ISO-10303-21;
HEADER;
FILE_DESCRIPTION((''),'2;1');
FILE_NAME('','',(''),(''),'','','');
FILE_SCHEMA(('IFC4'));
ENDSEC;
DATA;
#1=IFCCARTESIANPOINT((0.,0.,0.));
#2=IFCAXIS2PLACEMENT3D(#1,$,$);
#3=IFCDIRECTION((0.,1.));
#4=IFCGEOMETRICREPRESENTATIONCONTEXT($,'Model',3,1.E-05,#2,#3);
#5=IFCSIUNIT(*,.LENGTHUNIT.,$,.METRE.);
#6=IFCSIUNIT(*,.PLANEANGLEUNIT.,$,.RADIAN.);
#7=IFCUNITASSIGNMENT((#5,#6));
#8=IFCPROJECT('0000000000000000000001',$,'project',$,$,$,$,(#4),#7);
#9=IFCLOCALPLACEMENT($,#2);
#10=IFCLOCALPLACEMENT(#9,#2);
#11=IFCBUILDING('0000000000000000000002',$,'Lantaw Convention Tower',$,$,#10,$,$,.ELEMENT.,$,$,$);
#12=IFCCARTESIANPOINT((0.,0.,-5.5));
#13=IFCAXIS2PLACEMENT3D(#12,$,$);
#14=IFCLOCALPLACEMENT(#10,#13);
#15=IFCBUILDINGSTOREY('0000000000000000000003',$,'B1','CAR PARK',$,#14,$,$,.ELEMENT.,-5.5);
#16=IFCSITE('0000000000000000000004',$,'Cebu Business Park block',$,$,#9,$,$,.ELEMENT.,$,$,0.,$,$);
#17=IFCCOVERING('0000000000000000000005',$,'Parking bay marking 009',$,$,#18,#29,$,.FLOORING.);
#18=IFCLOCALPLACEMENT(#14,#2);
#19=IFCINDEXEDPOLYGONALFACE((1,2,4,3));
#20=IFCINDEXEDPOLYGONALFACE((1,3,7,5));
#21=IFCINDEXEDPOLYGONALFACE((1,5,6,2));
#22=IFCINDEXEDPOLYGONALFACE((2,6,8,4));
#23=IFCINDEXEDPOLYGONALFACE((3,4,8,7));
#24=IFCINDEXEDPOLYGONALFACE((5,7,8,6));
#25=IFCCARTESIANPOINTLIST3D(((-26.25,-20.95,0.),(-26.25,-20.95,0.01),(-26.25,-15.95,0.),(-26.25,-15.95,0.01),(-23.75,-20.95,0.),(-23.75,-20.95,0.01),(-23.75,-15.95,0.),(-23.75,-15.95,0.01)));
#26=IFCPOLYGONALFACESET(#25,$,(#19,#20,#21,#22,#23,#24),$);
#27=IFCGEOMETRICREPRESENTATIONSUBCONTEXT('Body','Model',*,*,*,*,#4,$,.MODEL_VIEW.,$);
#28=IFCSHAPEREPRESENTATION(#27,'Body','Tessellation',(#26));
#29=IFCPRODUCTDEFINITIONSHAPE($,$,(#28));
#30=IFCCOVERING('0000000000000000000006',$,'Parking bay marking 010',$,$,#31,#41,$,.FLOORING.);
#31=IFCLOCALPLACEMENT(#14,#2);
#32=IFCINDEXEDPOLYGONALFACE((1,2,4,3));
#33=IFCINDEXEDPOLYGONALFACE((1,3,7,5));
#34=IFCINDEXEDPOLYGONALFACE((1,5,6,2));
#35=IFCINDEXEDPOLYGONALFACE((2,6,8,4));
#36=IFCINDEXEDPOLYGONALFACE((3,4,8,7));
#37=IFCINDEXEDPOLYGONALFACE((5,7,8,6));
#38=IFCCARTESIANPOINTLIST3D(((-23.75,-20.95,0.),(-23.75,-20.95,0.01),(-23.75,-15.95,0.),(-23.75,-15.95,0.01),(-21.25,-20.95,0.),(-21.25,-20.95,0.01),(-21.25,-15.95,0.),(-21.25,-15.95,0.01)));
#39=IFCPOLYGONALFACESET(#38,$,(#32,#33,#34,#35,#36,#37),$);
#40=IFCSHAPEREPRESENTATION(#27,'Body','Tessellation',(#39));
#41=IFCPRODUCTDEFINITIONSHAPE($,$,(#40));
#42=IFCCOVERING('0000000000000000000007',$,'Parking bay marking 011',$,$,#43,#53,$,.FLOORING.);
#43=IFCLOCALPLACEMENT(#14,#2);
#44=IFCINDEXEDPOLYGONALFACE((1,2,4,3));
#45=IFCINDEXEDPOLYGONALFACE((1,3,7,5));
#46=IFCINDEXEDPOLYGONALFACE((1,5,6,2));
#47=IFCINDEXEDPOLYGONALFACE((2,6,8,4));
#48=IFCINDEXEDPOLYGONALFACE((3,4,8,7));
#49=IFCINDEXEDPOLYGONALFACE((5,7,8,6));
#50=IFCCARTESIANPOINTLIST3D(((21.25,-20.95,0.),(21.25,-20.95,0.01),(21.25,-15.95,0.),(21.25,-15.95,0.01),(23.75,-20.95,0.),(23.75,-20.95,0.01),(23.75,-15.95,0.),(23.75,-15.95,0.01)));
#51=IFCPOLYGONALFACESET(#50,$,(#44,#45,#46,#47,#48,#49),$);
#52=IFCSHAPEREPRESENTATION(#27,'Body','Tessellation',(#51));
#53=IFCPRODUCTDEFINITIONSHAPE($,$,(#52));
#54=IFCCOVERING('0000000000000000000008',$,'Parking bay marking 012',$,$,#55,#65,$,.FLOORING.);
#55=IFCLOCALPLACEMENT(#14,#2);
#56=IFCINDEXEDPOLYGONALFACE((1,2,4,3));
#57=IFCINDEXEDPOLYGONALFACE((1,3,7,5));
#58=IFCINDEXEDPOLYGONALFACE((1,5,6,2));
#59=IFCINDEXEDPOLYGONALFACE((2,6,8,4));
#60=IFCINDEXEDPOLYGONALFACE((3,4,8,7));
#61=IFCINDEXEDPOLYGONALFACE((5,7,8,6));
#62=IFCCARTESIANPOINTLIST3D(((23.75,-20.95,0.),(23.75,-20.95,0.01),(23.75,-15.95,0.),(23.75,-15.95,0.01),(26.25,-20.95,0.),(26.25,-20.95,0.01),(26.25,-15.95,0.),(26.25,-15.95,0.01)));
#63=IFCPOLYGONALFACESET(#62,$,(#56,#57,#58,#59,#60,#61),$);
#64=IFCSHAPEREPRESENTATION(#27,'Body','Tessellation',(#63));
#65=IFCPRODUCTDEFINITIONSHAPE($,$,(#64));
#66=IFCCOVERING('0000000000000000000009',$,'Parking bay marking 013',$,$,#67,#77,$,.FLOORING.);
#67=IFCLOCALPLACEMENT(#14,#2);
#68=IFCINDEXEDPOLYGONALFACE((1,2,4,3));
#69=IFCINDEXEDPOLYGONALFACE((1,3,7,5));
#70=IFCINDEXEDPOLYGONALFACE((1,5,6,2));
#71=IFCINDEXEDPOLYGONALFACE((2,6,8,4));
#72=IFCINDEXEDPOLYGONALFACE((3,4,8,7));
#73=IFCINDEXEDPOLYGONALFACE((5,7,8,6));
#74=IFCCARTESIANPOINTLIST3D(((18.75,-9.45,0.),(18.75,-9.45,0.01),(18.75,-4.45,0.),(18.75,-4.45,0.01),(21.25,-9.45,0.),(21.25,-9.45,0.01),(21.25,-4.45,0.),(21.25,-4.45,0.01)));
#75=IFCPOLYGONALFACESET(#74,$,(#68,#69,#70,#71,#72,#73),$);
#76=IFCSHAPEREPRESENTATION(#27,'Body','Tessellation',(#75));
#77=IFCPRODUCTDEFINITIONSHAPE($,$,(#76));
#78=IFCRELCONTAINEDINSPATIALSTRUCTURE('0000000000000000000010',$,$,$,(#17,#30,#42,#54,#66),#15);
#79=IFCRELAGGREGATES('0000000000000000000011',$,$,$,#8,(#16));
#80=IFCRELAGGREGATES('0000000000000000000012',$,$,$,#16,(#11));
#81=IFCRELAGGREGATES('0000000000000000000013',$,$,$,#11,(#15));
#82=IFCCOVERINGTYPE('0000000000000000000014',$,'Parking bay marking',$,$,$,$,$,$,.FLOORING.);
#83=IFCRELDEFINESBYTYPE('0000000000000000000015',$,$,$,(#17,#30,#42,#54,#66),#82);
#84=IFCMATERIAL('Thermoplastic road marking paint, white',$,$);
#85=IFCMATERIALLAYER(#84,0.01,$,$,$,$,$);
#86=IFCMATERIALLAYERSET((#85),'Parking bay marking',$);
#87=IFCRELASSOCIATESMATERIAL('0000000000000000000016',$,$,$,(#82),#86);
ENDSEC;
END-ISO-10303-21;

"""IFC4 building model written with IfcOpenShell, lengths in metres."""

from ifc_helpers import new_model, si_unit, direction, frame, origin, place, context, subcontext, project, spatial, polyline, outline, extrude, material, layer, layer_set, type_object, element, save


model = new_model("IFC4")

# Units and contexts
model_context = context("Model", 3, precision=1e-05, world=origin(), true_north=direction((0.0, 1.0)))
body_context = subcontext(model_context, "Body", "Model", "MODEL_VIEW")
ifc_project = project(units=[si_unit("LENGTHUNIT", "METRE"), si_unit("PLANEANGLEUNIT", "RADIAN")], contexts=[model_context])

# Site, building, storey
site_placement = place(None, origin())
site = spatial("IfcSite", under=ifc_project, at=site_placement, Name="Cebu Business Park block", CompositionType="ELEMENT", RefElevation=0.0)
building_placement = place(site_placement, origin())
building = spatial("IfcBuilding", under=site, at=building_placement, Name="Lantaw Convention Tower", CompositionType="ELEMENT")
storey_placement = place(building_placement, frame((0.0, 0.0, -5.5)))
storey = spatial("IfcBuildingStorey", under=building, at=storey_placement, Name="B1", Description="CAR PARK", CompositionType="ELEMENT", Elevation=-5.5)

# Coverings
ifc_material_1 = material(Name="Thermoplastic road marking paint, white")
ifc_layer_1 = layer(ifc_material_1, 0.01)
ifc_layer_set_1 = layer_set([ifc_layer_1], Name="Parking bay marking")
covering_type = type_object("IfcCoveringType", Name="Parking bay marking", PredefinedType="FLOORING", material=ifc_layer_set_1)
covering_1_placement = place(storey_placement, origin())
element("IfcCovering", 1, at=covering_1_placement, inside=storey, type_object=covering_type, Name="Parking bay marking 009", PredefinedType="FLOORING", context=body_context, shape_type="SweptSolid", body=[
    extrude(outline(polyline([(-26.25, -20.95), (-23.75, -20.95), (-23.75, -15.95), (-26.25, -15.95), (-26.25, -20.95)])), origin(), (0.0, 0.0, 1.0), 0.01),
])
covering_2_placement = place(storey_placement, origin())
element("IfcCovering", 2, at=covering_2_placement, inside=storey, type_object=covering_type, Name="Parking bay marking 010", PredefinedType="FLOORING", context=body_context, shape_type="SweptSolid", body=[
    extrude(outline(polyline([(-23.75, -20.95), (-21.25, -20.95), (-21.25, -15.95), (-23.75, -15.95), (-23.75, -20.95)])), origin(), (0.0, 0.0, 1.0), 0.01),
])
covering_3_placement = place(storey_placement, origin())
element("IfcCovering", 3, at=covering_3_placement, inside=storey, type_object=covering_type, Name="Parking bay marking 011", PredefinedType="FLOORING", context=body_context, shape_type="SweptSolid", body=[
    extrude(outline(polyline([(21.25, -20.95), (23.75, -20.95), (23.75, -15.95), (21.25, -15.95), (21.25, -20.95)])), origin(), (0.0, 0.0, 1.0), 0.01),
])
covering_4_placement = place(storey_placement, origin())
element("IfcCovering", 4, at=covering_4_placement, inside=storey, type_object=covering_type, Name="Parking bay marking 012", PredefinedType="FLOORING", context=body_context, shape_type="SweptSolid", body=[
    extrude(outline(polyline([(23.75, -20.95), (26.25, -20.95), (26.25, -15.95), (23.75, -15.95), (23.75, -20.95)])), origin(), (0.0, 0.0, 1.0), 0.01),
])
covering_5_placement = place(storey_placement, origin())
element("IfcCovering", 5, at=covering_5_placement, inside=storey, type_object=covering_type, Name="Parking bay marking 013", PredefinedType="FLOORING", context=body_context, shape_type="SweptSolid", body=[
    extrude(outline(polyline([(18.75, -9.45), (21.25, -9.45), (21.25, -4.45), (18.75, -4.45), (18.75, -9.45)])), origin(), (0.0, 0.0, 1.0), 0.01),
])

save(model, "model.ifc")
